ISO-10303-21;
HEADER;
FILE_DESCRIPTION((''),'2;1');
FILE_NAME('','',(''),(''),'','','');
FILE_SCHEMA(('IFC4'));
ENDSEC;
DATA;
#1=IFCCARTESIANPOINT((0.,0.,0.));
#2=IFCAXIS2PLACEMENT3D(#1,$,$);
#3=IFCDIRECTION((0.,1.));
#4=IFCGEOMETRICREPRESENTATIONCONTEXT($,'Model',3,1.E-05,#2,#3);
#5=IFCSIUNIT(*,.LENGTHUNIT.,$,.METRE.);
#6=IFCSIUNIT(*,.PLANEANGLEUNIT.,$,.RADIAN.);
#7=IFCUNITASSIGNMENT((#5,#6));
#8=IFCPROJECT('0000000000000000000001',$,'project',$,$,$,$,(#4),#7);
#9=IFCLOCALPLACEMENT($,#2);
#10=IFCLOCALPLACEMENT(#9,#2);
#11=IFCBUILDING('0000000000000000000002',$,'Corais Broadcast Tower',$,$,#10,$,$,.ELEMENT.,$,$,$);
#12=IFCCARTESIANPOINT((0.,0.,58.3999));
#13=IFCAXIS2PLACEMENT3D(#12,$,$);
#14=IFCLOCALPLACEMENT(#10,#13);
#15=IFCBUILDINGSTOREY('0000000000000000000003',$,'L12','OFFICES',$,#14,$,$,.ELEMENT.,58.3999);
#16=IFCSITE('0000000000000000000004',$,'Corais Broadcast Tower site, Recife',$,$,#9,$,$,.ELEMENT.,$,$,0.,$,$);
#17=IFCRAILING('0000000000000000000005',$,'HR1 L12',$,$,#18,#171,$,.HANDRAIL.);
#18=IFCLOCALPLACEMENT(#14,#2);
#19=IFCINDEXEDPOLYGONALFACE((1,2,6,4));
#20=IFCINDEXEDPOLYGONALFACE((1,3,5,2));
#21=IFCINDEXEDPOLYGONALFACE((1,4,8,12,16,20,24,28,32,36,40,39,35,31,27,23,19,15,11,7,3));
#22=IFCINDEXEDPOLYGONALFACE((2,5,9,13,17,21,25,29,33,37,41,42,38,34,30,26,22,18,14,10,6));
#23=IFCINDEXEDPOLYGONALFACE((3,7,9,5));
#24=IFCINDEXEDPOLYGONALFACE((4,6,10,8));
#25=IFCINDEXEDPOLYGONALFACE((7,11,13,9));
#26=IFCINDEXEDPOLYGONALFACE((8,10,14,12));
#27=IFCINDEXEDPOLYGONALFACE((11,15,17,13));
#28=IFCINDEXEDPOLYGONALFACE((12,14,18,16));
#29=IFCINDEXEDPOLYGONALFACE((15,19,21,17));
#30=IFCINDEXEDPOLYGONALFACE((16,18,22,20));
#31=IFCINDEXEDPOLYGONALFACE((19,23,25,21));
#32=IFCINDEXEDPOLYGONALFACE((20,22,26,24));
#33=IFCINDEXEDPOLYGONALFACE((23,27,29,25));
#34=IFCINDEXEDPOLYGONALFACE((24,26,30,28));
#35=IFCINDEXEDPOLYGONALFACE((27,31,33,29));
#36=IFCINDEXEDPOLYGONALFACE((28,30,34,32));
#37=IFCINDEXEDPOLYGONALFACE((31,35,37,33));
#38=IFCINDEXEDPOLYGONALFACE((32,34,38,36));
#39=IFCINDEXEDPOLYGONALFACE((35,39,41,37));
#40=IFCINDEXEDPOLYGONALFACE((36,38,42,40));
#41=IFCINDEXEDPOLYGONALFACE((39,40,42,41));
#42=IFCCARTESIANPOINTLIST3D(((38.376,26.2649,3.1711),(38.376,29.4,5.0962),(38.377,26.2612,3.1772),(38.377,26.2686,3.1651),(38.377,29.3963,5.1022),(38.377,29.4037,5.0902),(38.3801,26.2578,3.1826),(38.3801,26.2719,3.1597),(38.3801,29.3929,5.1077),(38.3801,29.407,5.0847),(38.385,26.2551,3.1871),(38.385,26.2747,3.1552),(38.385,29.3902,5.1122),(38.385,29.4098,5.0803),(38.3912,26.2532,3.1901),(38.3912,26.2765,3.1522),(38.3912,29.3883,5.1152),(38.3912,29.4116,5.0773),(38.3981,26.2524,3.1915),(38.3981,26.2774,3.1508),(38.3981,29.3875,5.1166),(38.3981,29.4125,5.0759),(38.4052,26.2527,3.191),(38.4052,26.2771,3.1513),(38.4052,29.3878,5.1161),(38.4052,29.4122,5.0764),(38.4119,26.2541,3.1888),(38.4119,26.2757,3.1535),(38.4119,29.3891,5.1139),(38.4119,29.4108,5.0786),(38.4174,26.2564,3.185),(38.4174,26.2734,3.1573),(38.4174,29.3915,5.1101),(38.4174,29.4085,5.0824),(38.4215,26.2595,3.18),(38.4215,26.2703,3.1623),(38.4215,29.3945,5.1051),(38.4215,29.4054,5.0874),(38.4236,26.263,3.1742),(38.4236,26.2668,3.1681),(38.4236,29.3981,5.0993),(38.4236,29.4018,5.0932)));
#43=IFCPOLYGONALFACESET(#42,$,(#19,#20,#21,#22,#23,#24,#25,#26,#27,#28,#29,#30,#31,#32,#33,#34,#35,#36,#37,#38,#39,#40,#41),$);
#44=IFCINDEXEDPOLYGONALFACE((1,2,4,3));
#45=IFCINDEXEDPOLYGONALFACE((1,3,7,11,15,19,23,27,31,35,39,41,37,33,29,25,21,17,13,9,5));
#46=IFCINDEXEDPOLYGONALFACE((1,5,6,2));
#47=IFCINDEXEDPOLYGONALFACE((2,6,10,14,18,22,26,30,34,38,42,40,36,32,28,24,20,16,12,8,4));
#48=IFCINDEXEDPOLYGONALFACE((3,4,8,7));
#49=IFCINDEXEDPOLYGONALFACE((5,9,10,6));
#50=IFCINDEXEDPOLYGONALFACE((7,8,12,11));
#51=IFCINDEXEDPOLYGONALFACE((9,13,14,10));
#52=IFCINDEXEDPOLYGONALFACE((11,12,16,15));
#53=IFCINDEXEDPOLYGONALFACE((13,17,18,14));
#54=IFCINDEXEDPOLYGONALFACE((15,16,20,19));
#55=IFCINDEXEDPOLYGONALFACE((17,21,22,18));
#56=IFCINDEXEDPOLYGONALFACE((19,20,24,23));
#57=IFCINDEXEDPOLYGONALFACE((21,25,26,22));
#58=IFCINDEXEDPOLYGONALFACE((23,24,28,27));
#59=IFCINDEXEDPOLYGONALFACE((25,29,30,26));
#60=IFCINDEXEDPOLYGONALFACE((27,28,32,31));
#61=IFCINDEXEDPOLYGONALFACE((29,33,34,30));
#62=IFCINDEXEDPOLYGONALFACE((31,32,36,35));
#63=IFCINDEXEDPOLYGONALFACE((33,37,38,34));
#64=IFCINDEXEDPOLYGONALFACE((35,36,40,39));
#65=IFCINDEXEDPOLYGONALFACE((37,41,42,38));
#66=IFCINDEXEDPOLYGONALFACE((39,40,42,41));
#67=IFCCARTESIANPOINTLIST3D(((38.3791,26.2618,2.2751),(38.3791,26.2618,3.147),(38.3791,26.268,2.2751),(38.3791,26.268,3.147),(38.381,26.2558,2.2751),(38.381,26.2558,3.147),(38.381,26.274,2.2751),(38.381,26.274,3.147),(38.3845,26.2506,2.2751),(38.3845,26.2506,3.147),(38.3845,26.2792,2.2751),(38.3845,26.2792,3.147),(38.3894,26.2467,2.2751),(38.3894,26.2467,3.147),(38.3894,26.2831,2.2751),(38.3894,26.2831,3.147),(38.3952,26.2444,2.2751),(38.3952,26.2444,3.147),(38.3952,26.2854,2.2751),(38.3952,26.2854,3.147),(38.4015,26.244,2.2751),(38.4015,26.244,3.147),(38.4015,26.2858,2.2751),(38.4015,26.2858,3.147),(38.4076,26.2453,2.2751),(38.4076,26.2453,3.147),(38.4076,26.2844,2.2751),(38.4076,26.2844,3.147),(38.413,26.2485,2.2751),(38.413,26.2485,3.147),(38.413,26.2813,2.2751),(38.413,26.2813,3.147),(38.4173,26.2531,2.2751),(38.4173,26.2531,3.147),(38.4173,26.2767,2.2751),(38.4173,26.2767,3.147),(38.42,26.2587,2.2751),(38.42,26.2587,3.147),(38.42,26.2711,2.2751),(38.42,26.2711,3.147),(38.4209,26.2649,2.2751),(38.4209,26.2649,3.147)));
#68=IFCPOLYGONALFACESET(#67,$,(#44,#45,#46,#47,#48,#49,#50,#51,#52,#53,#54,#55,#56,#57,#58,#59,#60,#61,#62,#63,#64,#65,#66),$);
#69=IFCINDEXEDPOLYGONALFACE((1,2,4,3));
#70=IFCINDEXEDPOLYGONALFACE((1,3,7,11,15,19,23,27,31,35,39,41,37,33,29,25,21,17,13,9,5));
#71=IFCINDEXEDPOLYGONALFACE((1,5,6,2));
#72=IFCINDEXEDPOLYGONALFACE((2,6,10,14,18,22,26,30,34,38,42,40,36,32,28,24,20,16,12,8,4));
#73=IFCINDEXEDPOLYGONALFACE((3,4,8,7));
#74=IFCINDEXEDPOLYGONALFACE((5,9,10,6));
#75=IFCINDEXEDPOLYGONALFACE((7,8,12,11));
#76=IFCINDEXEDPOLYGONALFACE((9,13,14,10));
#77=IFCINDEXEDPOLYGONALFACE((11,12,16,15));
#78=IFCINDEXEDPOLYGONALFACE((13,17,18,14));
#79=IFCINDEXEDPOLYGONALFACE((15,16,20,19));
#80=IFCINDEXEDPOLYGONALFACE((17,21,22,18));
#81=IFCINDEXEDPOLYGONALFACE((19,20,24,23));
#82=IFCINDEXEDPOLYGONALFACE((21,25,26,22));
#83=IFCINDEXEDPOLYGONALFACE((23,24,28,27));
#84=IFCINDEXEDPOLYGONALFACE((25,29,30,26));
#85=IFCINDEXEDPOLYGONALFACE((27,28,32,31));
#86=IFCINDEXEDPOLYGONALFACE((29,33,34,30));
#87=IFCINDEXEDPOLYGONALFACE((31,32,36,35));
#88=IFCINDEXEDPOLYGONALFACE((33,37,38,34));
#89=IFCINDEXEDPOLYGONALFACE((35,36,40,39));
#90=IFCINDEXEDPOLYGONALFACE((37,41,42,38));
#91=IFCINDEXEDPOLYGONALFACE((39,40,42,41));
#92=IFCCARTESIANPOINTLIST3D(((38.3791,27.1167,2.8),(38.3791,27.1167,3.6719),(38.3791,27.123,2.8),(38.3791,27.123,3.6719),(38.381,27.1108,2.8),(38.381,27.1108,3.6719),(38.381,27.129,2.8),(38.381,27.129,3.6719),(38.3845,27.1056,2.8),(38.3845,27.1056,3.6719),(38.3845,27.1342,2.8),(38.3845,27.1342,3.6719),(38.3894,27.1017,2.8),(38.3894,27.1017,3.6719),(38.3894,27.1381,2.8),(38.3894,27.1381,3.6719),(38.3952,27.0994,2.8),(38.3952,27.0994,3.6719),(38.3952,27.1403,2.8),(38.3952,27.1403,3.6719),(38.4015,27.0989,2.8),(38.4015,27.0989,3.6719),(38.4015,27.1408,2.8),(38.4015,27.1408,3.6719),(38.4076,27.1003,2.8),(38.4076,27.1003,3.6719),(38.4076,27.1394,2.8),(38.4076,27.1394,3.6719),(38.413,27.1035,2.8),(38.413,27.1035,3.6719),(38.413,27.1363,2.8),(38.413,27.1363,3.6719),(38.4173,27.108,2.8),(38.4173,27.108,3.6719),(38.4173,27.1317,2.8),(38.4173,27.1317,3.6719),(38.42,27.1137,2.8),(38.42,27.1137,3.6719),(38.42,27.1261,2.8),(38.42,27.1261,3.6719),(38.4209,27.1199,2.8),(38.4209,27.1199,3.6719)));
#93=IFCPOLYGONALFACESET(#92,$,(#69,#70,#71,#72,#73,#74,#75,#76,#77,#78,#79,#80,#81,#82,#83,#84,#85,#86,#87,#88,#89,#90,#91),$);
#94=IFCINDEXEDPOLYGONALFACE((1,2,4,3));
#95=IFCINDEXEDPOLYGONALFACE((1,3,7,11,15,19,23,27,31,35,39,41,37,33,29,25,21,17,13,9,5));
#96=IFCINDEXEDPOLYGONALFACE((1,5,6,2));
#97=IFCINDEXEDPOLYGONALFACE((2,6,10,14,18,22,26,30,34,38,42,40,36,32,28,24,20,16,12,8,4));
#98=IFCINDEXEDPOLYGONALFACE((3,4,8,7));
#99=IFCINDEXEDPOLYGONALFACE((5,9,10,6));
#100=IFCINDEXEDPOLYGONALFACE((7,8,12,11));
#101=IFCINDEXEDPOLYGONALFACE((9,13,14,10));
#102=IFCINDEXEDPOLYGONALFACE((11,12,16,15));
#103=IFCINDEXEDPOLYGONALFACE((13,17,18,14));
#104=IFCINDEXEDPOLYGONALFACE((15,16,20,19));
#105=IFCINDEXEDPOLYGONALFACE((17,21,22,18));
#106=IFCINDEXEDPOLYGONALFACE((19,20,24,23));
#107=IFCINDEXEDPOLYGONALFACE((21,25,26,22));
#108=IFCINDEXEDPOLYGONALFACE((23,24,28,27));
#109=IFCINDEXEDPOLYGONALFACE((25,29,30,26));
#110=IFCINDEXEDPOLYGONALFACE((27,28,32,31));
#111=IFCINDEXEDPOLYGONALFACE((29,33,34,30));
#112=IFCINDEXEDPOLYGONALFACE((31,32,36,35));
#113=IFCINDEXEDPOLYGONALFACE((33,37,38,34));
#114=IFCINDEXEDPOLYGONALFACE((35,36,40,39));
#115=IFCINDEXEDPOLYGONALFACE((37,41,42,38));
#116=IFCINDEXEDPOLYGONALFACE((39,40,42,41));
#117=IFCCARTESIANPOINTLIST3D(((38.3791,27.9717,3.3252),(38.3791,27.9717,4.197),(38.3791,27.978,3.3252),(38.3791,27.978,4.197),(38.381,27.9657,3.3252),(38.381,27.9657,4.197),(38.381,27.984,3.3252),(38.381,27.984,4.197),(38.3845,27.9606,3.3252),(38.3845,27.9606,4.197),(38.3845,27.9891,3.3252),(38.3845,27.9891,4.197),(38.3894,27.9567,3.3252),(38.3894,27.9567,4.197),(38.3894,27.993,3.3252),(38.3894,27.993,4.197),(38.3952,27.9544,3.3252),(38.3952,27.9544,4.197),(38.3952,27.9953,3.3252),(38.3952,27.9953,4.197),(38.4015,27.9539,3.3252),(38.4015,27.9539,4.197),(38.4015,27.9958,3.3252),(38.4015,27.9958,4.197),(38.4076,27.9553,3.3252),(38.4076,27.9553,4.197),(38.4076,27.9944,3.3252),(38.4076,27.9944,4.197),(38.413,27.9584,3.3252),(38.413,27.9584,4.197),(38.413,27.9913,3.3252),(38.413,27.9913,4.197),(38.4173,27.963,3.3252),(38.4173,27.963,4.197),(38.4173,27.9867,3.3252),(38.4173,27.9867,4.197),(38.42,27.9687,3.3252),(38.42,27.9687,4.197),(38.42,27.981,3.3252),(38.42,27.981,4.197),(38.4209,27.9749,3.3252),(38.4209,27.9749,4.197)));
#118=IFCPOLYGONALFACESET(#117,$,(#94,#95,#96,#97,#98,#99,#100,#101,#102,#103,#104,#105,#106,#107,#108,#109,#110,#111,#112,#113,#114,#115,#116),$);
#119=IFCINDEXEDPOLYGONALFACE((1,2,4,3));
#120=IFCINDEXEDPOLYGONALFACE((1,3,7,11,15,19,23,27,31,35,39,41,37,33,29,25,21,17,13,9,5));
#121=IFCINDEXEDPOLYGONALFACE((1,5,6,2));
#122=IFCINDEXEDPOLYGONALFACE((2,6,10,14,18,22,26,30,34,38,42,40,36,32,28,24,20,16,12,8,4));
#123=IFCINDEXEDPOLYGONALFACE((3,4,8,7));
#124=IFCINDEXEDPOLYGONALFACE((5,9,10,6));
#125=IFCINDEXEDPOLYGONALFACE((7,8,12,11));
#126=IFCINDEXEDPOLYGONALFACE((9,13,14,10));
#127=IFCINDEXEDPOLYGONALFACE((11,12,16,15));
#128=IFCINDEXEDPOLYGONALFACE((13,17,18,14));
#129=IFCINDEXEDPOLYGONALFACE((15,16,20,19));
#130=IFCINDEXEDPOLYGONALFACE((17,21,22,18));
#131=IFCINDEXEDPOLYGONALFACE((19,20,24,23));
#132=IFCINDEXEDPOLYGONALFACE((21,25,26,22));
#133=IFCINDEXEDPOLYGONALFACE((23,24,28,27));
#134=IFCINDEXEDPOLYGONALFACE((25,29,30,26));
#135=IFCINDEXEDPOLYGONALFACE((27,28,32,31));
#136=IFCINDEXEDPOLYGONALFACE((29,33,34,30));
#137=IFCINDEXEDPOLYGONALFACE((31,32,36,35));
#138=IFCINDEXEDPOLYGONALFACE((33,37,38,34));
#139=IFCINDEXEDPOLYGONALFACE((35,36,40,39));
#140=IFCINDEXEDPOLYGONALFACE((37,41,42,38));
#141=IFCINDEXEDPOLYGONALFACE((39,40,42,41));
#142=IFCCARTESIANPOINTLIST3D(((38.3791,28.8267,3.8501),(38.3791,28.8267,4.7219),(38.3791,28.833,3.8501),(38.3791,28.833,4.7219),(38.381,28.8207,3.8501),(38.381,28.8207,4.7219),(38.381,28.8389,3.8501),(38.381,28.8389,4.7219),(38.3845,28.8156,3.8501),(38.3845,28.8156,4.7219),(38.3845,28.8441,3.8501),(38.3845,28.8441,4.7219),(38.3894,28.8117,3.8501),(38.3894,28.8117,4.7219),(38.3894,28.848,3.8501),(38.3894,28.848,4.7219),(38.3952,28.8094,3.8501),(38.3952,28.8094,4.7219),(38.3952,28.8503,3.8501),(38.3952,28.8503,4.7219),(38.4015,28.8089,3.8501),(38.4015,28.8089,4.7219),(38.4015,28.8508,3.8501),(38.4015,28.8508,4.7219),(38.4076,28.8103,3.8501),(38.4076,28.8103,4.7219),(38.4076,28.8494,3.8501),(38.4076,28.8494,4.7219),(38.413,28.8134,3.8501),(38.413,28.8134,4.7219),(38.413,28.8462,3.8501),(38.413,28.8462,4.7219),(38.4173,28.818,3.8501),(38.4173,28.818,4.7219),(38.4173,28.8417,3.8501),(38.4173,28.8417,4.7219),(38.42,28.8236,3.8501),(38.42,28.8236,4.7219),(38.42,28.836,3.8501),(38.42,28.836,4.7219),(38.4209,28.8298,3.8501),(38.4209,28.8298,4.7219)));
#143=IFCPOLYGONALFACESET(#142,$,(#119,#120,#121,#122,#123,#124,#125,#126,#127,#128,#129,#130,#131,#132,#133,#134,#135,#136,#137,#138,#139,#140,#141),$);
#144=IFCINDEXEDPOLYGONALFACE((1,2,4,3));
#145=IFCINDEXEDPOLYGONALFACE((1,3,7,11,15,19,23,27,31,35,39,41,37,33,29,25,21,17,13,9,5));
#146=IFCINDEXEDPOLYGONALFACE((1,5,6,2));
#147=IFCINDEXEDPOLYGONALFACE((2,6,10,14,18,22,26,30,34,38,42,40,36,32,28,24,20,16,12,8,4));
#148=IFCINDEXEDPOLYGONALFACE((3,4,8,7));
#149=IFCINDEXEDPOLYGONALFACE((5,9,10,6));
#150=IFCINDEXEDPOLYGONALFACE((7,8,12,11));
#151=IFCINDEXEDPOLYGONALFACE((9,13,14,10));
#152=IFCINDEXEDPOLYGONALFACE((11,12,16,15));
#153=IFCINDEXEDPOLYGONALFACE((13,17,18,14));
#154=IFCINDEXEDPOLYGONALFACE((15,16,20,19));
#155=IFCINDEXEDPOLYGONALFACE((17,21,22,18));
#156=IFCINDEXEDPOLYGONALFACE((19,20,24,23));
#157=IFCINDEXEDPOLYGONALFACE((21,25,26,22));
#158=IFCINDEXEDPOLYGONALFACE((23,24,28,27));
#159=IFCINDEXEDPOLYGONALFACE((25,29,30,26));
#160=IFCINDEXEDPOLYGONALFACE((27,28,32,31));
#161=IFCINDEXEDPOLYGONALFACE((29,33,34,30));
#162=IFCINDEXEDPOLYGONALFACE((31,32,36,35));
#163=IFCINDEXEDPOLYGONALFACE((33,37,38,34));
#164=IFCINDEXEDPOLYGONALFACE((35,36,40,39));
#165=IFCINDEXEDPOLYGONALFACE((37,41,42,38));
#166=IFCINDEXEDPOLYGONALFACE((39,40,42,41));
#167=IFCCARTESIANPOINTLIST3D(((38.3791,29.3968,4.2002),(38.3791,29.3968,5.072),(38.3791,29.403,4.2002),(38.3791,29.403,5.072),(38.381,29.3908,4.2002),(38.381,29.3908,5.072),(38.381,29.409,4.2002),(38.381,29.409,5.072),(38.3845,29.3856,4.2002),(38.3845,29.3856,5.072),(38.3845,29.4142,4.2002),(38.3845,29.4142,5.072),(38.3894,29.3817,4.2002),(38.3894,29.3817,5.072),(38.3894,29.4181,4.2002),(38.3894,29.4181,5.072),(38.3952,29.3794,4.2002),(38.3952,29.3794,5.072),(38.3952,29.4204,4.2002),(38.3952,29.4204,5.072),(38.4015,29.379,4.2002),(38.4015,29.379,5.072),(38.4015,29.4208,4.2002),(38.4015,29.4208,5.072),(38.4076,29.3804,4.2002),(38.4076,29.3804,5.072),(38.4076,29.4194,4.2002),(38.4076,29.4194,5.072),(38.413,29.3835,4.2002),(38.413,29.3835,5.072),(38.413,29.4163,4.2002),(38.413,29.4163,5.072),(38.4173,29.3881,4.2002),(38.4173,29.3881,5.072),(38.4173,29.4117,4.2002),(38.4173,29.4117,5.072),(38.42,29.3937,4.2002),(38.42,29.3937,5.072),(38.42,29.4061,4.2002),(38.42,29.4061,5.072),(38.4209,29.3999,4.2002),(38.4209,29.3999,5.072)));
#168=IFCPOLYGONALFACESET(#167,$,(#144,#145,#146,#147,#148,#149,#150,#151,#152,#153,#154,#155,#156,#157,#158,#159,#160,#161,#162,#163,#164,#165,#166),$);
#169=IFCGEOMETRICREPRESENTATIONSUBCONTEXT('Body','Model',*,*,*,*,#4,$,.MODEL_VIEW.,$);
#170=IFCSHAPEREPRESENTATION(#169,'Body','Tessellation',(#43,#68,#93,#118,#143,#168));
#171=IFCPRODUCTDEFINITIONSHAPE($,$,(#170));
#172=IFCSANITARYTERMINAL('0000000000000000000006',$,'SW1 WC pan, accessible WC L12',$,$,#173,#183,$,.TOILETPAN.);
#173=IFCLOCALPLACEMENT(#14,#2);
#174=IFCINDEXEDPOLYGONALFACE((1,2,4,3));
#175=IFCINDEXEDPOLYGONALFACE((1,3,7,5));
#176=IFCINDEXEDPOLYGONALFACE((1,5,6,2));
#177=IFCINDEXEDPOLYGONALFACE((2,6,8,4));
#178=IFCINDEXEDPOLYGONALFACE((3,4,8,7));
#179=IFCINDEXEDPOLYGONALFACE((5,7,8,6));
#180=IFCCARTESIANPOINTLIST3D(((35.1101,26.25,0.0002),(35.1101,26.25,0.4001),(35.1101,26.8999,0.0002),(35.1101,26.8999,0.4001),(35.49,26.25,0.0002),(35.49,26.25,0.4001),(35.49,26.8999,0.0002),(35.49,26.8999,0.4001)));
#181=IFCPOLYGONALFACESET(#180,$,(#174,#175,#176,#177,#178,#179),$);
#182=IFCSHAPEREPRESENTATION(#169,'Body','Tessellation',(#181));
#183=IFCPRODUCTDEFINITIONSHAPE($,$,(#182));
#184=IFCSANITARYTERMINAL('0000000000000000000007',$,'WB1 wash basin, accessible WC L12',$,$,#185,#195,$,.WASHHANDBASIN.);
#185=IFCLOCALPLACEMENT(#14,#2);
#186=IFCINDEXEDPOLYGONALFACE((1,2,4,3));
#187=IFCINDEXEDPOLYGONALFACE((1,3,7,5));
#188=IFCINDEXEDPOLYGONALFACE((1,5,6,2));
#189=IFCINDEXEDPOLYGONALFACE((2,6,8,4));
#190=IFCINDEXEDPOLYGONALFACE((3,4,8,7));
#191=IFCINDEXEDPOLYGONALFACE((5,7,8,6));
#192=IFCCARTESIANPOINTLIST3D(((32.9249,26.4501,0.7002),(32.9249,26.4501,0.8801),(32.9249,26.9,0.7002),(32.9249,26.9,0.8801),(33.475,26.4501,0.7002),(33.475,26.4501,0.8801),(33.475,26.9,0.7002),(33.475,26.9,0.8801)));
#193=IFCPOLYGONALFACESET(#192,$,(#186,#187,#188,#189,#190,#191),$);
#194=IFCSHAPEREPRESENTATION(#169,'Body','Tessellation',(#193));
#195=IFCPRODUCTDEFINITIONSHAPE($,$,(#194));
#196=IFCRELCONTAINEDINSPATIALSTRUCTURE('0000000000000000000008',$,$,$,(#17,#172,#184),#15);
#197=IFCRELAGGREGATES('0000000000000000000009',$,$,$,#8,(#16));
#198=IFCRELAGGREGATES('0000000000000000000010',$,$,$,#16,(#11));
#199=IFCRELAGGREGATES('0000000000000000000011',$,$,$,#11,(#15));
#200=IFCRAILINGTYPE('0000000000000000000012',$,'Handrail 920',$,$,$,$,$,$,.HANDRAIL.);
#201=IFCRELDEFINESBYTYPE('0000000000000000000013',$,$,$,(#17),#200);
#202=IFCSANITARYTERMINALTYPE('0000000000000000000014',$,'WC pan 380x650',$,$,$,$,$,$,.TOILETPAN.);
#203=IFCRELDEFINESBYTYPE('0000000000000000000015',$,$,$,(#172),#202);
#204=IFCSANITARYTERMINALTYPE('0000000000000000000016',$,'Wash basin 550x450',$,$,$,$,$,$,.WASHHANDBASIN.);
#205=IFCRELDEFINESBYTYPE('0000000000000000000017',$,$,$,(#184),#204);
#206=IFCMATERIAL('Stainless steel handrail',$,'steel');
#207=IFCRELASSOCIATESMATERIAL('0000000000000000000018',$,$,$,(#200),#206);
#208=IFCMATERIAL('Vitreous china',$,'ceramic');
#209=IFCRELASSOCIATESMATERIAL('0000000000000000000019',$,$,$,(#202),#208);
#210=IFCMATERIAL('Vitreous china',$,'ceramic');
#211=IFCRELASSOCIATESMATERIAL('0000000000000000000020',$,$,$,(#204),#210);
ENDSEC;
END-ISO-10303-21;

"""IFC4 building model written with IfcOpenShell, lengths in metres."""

from ifc_helpers import new_model, si_unit, direction, frame, origin, origin_2d, place, context, subcontext, project, spatial, rectangle, circle, extrude, material, type_object, element, save


model = new_model("IFC4")

# Units and contexts
model_context = context("Model", 3, precision=1e-05, world=origin(), true_north=direction((0.0, 1.0)))
body_context = subcontext(model_context, "Body", "Model", "MODEL_VIEW")
ifc_project = project(units=[si_unit("LENGTHUNIT", "METRE"), si_unit("PLANEANGLEUNIT", "RADIAN")], contexts=[model_context])

# Site, building, storey
site_placement = place(None, origin())
site = spatial("IfcSite", under=ifc_project, at=site_placement, Name="Corais Broadcast Tower site, Recife", CompositionType="ELEMENT", RefElevation=0.0)
building_placement = place(site_placement, origin())
building = spatial("IfcBuilding", under=site, at=building_placement, Name="Corais Broadcast Tower", CompositionType="ELEMENT")
storey_placement = place(building_placement, frame((0.0, 0.0, 58.3999)))
storey = spatial("IfcBuildingStorey", under=building, at=storey_placement, Name="L12", Description="OFFICES", CompositionType="ELEMENT", Elevation=58.3999)

# Railing
ifc_material_1 = material(Name="Stainless steel handrail", Category="steel")
railing_type = type_object("IfcRailingType", Name="Handrail 920", PredefinedType="HANDRAIL", material=ifc_material_1)
for number, where, name in (
    (1, (38.3999, 26.2649, 2.2751), "HR1 L12"),
):
    element("IfcRailing", number, at=place(storey_placement, frame(where)), inside=storey, type_object=railing_type, Name=name, PredefinedType="HANDRAIL", context=body_context, shape_type="SweptSolid", body=[
        extrude(circle(Radius=0.0239, at=origin_2d()), frame((0.0, 0.0, 0.896), z_axis=(0.0, 0.852166, 0.523271), x_axis=(-1.0, 0.0, 0.0)), (0.0, 0.0, 1.0), 3.679),
        extrude(circle(Radius=0.021, at=origin_2d()), origin(), (0.0, 0.0, 1.0), 0.8718),
        extrude(circle(Radius=0.021, at=origin_2d()), frame((0.0, 0.855, 0.5249)), (0.0, 0.0, 1.0), 0.8718),
        extrude(circle(Radius=0.021, at=origin_2d()), frame((0.0, 1.71, 1.05)), (0.0, 0.0, 1.0), 0.8718),
        extrude(circle(Radius=0.021, at=origin_2d()), frame((0.0, 2.5649, 1.575)), (0.0, 0.0, 1.0), 0.8718),
        extrude(circle(Radius=0.021, at=origin_2d()), frame((0.0, 3.135, 1.925)), (0.0, 0.0, 1.0), 0.8718),
    ])

# Sanitary terminals
ifc_material_2 = material(Name="Vitreous china", Category="ceramic")
sanitary_terminal_type_1 = type_object("IfcSanitaryTerminalType", Name="WC pan 380x650", PredefinedType="TOILETPAN", material=ifc_material_2)
sanitary_terminal_1_placement = place(storey_placement, frame((35.3, 26.575, 0.0002), z_axis=(0.0, 0.0, 1.0), x_axis=(1.0, 0.0, 0.0)))
element("IfcSanitaryTerminal", 2, at=sanitary_terminal_1_placement, inside=storey, type_object=sanitary_terminal_type_1, Name="SW1 WC pan, accessible WC L12", PredefinedType="TOILETPAN", context=body_context, shape_type="SweptSolid", body=[
    extrude(rectangle(XDim=0.3799, YDim=0.6499, at=origin_2d()), origin(), (0.0, 0.0, 1.0), 0.3999),
])
ifc_material_3 = material(Name="Vitreous china", Category="ceramic")
sanitary_terminal_type_2 = type_object("IfcSanitaryTerminalType", Name="Wash basin 550x450", PredefinedType="WASHHANDBASIN", material=ifc_material_3)
sanitary_terminal_2_placement = place(storey_placement, frame((33.2, 26.675, 0.7002), z_axis=(0.0, 0.0, 1.0), x_axis=(1.0, 0.0, 0.0)))
element("IfcSanitaryTerminal", 3, at=sanitary_terminal_2_placement, inside=storey, type_object=sanitary_terminal_type_2, Name="WB1 wash basin, accessible WC L12", PredefinedType="WASHHANDBASIN", context=body_context, shape_type="SweptSolid", body=[
    extrude(rectangle(XDim=0.55, YDim=0.45, at=origin_2d()), origin(), (0.0, 0.0, 1.0), 0.1799),
])

save(model, "model.ifc")
